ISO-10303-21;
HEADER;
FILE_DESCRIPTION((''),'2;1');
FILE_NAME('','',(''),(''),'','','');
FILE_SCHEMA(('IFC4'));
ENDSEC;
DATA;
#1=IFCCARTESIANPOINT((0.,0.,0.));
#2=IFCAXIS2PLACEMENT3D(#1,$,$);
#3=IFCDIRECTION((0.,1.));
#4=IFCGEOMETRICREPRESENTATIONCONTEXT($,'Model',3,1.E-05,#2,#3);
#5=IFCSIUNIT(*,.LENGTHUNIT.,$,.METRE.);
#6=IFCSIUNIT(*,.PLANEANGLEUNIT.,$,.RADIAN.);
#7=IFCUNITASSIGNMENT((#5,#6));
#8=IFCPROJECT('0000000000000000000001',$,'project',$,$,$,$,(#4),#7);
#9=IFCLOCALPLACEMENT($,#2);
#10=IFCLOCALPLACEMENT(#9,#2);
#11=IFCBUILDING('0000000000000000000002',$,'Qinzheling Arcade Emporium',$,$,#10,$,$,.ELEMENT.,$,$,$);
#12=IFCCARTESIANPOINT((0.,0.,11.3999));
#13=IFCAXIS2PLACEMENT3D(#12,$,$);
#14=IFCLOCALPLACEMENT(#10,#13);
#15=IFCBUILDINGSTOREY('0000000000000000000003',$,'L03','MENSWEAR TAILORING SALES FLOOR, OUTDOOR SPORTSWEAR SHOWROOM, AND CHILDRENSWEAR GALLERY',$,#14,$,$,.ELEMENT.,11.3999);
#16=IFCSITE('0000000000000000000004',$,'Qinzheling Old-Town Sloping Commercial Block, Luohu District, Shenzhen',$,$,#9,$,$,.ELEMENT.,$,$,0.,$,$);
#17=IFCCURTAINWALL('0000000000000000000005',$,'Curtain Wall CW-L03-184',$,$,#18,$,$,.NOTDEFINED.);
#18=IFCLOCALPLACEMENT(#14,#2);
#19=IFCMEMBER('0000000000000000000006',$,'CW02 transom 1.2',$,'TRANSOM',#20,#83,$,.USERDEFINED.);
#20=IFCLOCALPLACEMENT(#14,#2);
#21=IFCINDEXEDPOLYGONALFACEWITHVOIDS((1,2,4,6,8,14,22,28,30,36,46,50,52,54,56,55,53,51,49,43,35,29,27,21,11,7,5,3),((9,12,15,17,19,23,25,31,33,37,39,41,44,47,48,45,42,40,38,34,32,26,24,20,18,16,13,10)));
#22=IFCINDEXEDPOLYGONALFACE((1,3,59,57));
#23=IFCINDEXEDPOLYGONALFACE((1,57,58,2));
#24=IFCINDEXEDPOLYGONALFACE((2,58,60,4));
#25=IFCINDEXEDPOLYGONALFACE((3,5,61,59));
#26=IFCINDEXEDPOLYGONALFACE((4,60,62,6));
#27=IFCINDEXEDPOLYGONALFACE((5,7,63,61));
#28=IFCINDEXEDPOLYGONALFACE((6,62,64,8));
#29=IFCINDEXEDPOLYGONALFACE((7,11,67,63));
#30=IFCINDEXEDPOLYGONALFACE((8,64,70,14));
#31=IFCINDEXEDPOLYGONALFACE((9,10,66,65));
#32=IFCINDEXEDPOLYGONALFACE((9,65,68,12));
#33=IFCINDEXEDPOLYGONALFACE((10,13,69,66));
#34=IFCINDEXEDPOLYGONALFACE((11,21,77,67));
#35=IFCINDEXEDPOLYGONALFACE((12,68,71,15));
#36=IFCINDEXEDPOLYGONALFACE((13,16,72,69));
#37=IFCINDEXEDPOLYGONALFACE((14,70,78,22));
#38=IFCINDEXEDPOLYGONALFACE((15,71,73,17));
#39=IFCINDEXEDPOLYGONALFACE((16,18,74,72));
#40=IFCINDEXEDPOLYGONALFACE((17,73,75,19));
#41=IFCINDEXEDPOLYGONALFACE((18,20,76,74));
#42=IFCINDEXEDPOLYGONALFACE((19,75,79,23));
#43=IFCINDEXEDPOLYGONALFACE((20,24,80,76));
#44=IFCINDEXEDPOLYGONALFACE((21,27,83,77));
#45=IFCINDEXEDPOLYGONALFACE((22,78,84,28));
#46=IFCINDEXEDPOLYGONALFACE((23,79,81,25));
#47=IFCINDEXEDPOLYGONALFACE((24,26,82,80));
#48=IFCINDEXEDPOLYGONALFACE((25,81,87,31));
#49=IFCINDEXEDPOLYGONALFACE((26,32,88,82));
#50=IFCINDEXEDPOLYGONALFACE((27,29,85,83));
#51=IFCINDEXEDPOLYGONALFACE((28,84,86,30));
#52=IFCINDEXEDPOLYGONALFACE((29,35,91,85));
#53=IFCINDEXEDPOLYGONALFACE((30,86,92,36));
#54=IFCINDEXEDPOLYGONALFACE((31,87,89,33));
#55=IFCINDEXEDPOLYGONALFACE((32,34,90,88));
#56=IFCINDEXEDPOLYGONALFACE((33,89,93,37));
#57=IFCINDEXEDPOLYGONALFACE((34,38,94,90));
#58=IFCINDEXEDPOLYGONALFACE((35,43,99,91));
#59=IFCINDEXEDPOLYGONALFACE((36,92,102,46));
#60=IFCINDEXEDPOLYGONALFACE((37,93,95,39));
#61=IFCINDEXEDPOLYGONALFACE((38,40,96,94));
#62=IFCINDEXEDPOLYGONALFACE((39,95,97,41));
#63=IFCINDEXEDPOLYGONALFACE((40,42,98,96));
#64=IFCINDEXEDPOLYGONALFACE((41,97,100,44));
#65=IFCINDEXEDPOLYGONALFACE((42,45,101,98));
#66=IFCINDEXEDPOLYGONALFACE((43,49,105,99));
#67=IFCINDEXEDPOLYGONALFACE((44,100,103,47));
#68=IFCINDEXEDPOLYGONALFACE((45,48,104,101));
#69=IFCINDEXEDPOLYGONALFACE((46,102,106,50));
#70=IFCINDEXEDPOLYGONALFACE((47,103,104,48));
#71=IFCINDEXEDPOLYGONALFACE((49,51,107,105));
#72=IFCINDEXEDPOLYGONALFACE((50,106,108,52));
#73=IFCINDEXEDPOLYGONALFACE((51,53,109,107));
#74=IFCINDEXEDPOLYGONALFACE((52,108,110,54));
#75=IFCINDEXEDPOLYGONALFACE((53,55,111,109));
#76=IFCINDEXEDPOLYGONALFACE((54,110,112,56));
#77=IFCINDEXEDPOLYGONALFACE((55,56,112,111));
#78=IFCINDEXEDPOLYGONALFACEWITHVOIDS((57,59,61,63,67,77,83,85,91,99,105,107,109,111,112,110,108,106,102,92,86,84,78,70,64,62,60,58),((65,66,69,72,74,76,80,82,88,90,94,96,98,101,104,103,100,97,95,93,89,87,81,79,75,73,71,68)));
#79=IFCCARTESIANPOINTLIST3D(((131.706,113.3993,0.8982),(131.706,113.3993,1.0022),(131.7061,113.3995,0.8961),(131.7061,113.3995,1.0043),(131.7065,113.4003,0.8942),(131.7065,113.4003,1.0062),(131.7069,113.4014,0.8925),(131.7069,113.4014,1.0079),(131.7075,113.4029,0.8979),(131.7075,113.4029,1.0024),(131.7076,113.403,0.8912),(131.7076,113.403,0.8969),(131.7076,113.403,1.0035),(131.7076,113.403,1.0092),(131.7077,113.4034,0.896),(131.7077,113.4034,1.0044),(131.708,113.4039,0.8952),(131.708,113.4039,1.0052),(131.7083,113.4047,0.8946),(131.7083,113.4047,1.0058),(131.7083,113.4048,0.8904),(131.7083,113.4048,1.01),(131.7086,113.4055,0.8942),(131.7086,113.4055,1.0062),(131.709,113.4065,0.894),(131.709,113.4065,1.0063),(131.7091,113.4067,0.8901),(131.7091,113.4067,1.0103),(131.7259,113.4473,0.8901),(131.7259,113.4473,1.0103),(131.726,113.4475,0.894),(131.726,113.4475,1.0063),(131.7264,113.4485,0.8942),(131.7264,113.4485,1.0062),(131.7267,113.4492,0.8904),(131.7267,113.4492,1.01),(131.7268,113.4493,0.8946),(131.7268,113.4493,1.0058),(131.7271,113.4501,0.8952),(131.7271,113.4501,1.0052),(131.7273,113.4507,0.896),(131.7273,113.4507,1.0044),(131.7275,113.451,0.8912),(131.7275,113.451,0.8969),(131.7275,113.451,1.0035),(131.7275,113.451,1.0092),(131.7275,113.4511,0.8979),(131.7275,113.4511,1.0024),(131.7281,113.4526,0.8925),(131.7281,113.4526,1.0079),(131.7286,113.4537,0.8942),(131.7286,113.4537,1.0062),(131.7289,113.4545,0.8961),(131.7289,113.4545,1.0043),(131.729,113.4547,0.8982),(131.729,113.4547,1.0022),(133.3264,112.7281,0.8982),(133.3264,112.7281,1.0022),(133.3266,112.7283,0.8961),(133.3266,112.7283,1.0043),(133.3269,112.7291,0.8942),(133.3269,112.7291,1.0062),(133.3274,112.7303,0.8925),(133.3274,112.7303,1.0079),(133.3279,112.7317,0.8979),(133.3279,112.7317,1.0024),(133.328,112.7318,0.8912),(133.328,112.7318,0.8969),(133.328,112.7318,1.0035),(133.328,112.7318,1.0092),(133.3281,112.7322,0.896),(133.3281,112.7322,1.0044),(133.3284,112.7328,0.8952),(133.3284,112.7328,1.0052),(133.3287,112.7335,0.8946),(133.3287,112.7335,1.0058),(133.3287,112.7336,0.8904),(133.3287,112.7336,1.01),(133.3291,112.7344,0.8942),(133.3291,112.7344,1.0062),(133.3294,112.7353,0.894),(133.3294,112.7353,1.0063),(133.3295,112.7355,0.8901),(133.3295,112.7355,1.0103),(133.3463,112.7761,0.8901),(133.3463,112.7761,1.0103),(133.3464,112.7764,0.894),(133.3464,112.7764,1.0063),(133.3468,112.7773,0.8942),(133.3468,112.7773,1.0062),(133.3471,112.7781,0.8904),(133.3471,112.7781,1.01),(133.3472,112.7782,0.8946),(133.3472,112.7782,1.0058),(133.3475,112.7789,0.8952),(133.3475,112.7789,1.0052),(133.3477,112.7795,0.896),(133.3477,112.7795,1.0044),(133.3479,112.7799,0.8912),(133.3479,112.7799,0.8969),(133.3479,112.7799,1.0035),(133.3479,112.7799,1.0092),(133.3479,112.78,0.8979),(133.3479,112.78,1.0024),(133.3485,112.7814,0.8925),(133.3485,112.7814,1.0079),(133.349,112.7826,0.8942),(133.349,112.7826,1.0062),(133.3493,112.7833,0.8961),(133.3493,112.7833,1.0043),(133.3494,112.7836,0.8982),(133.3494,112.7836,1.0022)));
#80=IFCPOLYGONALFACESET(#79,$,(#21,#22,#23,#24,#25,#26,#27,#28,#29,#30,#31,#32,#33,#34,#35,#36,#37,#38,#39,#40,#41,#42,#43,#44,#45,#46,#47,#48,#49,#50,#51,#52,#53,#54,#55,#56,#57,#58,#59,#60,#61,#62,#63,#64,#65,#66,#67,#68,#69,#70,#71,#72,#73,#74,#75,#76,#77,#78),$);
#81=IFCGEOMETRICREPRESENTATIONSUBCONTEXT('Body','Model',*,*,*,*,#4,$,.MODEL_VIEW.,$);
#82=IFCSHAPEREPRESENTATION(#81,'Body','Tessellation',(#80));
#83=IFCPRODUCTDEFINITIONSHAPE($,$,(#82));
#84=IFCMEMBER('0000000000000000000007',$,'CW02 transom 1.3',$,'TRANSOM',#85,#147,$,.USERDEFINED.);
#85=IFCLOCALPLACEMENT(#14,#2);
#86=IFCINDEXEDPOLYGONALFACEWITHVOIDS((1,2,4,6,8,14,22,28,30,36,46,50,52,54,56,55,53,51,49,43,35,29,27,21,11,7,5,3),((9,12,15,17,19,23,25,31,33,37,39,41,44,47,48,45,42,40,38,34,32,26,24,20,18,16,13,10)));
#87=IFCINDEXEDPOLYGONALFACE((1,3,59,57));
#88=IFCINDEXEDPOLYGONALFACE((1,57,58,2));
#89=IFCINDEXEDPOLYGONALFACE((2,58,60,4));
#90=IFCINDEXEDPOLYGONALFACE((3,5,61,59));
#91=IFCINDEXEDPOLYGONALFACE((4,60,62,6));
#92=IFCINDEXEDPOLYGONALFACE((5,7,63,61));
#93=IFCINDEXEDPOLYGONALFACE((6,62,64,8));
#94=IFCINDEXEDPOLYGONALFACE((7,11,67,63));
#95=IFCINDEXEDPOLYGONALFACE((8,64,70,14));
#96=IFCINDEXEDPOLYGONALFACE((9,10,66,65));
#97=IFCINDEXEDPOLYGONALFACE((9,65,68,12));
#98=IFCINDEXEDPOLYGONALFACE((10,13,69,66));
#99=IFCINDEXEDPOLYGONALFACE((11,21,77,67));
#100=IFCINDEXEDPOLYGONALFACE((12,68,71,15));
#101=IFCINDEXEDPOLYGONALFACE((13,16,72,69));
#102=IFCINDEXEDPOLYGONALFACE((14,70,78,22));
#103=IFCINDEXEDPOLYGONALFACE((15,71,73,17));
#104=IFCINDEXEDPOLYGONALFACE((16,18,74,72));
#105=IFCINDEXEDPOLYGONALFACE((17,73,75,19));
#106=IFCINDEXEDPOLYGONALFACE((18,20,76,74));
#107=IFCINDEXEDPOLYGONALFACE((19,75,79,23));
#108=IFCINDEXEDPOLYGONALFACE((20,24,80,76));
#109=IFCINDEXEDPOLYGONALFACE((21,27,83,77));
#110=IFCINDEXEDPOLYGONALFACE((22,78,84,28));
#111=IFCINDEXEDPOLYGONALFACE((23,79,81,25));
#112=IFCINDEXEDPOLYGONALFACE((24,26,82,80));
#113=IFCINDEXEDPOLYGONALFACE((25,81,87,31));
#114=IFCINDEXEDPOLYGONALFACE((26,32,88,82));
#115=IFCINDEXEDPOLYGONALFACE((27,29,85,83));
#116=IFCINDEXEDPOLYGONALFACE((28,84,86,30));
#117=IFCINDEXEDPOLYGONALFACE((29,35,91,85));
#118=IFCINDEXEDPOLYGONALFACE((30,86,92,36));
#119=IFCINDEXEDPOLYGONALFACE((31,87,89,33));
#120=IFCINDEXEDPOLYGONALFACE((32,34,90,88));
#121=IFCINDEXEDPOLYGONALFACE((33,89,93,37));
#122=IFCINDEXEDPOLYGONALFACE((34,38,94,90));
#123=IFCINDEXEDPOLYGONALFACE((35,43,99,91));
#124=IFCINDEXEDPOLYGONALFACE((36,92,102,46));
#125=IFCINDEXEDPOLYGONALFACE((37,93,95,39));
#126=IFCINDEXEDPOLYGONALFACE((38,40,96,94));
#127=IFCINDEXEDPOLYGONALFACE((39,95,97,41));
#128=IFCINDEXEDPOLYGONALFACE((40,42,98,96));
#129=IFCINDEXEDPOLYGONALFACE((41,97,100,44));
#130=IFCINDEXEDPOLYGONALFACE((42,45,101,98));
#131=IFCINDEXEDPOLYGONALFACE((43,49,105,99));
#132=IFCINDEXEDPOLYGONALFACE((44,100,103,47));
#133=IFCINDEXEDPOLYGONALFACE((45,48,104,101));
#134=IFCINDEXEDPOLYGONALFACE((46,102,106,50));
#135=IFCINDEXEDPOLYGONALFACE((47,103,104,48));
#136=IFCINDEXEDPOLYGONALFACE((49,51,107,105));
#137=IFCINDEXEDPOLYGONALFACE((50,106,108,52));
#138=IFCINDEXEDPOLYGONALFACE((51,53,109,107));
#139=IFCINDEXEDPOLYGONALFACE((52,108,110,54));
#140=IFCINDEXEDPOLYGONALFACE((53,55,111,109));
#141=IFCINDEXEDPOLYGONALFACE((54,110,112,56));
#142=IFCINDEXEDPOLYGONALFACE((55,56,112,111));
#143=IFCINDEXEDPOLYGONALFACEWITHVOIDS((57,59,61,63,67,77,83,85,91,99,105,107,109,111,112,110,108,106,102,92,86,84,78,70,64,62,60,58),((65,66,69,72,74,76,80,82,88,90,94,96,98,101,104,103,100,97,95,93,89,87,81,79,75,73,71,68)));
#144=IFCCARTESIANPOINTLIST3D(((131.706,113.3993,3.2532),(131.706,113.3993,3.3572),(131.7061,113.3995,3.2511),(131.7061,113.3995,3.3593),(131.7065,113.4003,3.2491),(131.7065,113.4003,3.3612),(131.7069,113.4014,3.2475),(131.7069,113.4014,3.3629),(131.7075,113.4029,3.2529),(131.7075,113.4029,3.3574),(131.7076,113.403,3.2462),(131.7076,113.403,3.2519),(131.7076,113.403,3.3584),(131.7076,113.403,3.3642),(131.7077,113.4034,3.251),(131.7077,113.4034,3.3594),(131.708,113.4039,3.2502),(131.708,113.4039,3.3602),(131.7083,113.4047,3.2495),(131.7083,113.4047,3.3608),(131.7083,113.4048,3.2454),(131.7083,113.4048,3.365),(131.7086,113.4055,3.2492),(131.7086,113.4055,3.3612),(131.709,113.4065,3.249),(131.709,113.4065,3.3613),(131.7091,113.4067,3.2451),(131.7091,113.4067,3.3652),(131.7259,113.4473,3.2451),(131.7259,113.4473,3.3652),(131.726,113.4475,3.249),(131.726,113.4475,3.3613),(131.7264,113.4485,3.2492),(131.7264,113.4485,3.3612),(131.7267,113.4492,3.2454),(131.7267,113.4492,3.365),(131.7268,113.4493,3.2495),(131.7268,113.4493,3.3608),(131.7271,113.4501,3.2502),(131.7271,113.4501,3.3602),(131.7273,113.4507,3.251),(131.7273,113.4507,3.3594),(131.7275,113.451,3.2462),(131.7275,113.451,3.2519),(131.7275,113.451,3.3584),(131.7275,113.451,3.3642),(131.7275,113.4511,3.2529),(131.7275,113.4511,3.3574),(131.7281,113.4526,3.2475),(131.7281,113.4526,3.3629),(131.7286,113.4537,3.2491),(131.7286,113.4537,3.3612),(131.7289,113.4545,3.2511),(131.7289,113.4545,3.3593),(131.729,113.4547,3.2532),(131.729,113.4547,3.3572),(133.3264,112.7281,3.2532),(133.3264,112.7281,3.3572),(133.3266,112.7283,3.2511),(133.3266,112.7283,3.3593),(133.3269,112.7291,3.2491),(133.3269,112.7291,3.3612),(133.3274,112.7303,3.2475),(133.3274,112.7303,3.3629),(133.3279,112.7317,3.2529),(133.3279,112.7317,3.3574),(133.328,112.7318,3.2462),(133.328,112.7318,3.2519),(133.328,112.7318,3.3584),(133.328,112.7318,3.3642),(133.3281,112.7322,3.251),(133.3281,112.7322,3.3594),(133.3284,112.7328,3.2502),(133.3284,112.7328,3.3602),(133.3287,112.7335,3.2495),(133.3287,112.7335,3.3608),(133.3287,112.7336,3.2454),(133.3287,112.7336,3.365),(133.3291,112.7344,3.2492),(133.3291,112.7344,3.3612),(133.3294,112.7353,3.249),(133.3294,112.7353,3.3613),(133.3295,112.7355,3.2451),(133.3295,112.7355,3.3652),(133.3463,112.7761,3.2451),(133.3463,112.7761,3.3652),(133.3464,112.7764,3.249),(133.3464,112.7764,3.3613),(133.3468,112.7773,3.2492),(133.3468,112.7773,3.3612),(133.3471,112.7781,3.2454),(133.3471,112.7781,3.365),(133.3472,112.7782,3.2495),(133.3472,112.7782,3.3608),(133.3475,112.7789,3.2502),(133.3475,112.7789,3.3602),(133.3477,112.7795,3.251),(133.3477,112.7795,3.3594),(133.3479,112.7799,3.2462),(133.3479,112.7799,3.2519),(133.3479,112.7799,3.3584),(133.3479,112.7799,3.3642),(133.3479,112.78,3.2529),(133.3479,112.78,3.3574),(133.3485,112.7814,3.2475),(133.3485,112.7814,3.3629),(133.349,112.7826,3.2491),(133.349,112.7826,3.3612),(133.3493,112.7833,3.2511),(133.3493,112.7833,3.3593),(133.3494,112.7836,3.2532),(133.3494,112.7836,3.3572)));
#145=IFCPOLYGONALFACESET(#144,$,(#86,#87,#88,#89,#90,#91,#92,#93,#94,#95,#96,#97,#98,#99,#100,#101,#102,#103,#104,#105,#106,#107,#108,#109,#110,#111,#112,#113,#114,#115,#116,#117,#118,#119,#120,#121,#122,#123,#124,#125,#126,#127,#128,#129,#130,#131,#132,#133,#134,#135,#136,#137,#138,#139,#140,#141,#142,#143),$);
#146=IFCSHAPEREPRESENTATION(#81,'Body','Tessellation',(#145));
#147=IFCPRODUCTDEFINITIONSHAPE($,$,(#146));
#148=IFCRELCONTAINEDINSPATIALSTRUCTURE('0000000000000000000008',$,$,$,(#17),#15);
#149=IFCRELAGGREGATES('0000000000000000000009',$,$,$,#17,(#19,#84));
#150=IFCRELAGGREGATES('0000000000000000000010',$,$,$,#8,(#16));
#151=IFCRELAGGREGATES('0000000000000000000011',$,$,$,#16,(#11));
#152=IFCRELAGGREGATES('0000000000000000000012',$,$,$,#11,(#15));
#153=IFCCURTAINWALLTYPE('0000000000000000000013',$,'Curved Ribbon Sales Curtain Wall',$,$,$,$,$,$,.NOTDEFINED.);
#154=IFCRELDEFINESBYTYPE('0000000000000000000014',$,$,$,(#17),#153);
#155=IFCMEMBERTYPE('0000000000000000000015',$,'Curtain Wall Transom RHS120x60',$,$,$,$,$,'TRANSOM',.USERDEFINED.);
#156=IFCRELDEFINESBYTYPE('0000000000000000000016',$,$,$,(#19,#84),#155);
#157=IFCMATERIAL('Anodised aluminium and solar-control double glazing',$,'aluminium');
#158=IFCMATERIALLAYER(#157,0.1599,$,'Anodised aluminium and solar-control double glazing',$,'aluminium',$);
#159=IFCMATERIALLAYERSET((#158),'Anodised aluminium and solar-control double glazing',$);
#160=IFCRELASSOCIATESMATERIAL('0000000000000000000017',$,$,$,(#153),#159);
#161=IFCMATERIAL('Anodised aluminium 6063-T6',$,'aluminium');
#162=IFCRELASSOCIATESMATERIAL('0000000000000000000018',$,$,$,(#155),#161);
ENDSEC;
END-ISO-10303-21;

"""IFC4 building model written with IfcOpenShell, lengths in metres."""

from ifc_helpers import new_model, si_unit, direction, frame, origin, origin_2d, place, context, subcontext, project, spatial, hollow_rectangle, extrude, material, layer, layer_set, material_profile, profile_set, type_object, element, aggregate, save


model = new_model("IFC4")

# Units and contexts
model_context = context("Model", 3, precision=1e-05, world=origin(), true_north=direction((0.0, 1.0)))
body_context = subcontext(model_context, "Body", "Model", "MODEL_VIEW")
ifc_project = project(units=[si_unit("LENGTHUNIT", "METRE"), si_unit("PLANEANGLEUNIT", "RADIAN")], contexts=[model_context])

# Site, building, storey
site_placement = place(None, origin())
site = spatial("IfcSite", under=ifc_project, at=site_placement, Name="Qinzheling Old-Town Sloping Commercial Block, Luohu District, Shenzhen", CompositionType="ELEMENT", RefElevation=0.0)
building_placement = place(site_placement, origin())
building = spatial("IfcBuilding", under=site, at=building_placement, Name="Qinzheling Arcade Emporium", CompositionType="ELEMENT")
storey_placement = place(building_placement, frame((0.0, 0.0, 11.3999)))
storey = spatial("IfcBuildingStorey", under=building, at=storey_placement, Name="L03", Description="MENSWEAR TAILORING SALES FLOOR, OUTDOOR SPORTSWEAR SHOWROOM, AND CHILDRENSWEAR GALLERY", CompositionType="ELEMENT", Elevation=11.3999)

# Curtain wall
ifc_material_1 = material(Name="Anodised aluminium and solar-control double glazing", Category="aluminium")
ifc_layer_1 = layer(ifc_material_1, 0.1599, Name="Anodised aluminium and solar-control double glazing", Category="aluminium")
ifc_layer_set_1 = layer_set([ifc_layer_1], Name="Anodised aluminium and solar-control double glazing")
curtain_wall_type = type_object("IfcCurtainWallType", Name="Curved Ribbon Sales Curtain Wall", PredefinedType="NOTDEFINED", material=ifc_layer_set_1)
curtain_wall_1_placement = place(storey_placement, origin())
curtain_wall_1 = element("IfcCurtainWall", 1, at=curtain_wall_1_placement, inside=storey, type_object=curtain_wall_type, Name="Curtain Wall CW-L03-184", PredefinedType="NOTDEFINED")
ifc_material_2 = material(Name="Anodised aluminium 6063-T6", Category="aluminium")

# Members
ifc_material_profile_1 = material_profile(ifc_material_2, hollow_rectangle(XDim=0.0601, YDim=0.1201, WallThickness=0.0039, InnerFilletRadius=0.0039, OuterFilletRadius=0.0081, at=origin_2d()), Name="RHS 120x60x4", Category="aluminium")
ifc_profile_set_1 = profile_set([ifc_material_profile_1], Name="Anodised aluminium 6063-T6")
member_type_1 = type_object("IfcMemberType", Name="Curtain Wall Transom RHS120x60", ElementType="TRANSOM", PredefinedType="USERDEFINED", material=ifc_profile_set_1)
member_1_placement = place(storey_placement, frame((131.7175, 113.427, 0.9502), z_axis=(0.923886, -0.382667, 0.0), x_axis=(0.382667, 0.923886, 0.0)))
member_1 = element("IfcMember", 2, at=member_1_placement, type_object=member_type_1, Name="CW02 transom 1.2", ObjectType="TRANSOM", PredefinedType="USERDEFINED", context=body_context, shape_type="SweptSolid", body=[
    extrude(hollow_rectangle(XDim=0.0601, YDim=0.1201, WallThickness=0.0039, InnerFilletRadius=0.0039, OuterFilletRadius=0.0081, at=origin_2d()), origin(), (0.0, 0.0, 1.0), 1.7539),
])
member_2_placement = place(storey_placement, frame((131.7175, 113.427, 3.3052), z_axis=(0.923886, -0.382667, 0.0), x_axis=(0.382667, 0.923886, 0.0)))
member_2 = element("IfcMember", 3, at=member_2_placement, type_object=member_type_1, Name="CW02 transom 1.3", ObjectType="TRANSOM", PredefinedType="USERDEFINED", context=body_context, shape_type="SweptSolid", body=[
    extrude(hollow_rectangle(XDim=0.0601, YDim=0.1201, WallThickness=0.0039, InnerFilletRadius=0.0039, OuterFilletRadius=0.0081, at=origin_2d()), origin(), (0.0, 0.0, 1.0), 1.7539),
])

aggregate(curtain_wall_1, [member_1, member_2])

save(model, "model.ifc")
